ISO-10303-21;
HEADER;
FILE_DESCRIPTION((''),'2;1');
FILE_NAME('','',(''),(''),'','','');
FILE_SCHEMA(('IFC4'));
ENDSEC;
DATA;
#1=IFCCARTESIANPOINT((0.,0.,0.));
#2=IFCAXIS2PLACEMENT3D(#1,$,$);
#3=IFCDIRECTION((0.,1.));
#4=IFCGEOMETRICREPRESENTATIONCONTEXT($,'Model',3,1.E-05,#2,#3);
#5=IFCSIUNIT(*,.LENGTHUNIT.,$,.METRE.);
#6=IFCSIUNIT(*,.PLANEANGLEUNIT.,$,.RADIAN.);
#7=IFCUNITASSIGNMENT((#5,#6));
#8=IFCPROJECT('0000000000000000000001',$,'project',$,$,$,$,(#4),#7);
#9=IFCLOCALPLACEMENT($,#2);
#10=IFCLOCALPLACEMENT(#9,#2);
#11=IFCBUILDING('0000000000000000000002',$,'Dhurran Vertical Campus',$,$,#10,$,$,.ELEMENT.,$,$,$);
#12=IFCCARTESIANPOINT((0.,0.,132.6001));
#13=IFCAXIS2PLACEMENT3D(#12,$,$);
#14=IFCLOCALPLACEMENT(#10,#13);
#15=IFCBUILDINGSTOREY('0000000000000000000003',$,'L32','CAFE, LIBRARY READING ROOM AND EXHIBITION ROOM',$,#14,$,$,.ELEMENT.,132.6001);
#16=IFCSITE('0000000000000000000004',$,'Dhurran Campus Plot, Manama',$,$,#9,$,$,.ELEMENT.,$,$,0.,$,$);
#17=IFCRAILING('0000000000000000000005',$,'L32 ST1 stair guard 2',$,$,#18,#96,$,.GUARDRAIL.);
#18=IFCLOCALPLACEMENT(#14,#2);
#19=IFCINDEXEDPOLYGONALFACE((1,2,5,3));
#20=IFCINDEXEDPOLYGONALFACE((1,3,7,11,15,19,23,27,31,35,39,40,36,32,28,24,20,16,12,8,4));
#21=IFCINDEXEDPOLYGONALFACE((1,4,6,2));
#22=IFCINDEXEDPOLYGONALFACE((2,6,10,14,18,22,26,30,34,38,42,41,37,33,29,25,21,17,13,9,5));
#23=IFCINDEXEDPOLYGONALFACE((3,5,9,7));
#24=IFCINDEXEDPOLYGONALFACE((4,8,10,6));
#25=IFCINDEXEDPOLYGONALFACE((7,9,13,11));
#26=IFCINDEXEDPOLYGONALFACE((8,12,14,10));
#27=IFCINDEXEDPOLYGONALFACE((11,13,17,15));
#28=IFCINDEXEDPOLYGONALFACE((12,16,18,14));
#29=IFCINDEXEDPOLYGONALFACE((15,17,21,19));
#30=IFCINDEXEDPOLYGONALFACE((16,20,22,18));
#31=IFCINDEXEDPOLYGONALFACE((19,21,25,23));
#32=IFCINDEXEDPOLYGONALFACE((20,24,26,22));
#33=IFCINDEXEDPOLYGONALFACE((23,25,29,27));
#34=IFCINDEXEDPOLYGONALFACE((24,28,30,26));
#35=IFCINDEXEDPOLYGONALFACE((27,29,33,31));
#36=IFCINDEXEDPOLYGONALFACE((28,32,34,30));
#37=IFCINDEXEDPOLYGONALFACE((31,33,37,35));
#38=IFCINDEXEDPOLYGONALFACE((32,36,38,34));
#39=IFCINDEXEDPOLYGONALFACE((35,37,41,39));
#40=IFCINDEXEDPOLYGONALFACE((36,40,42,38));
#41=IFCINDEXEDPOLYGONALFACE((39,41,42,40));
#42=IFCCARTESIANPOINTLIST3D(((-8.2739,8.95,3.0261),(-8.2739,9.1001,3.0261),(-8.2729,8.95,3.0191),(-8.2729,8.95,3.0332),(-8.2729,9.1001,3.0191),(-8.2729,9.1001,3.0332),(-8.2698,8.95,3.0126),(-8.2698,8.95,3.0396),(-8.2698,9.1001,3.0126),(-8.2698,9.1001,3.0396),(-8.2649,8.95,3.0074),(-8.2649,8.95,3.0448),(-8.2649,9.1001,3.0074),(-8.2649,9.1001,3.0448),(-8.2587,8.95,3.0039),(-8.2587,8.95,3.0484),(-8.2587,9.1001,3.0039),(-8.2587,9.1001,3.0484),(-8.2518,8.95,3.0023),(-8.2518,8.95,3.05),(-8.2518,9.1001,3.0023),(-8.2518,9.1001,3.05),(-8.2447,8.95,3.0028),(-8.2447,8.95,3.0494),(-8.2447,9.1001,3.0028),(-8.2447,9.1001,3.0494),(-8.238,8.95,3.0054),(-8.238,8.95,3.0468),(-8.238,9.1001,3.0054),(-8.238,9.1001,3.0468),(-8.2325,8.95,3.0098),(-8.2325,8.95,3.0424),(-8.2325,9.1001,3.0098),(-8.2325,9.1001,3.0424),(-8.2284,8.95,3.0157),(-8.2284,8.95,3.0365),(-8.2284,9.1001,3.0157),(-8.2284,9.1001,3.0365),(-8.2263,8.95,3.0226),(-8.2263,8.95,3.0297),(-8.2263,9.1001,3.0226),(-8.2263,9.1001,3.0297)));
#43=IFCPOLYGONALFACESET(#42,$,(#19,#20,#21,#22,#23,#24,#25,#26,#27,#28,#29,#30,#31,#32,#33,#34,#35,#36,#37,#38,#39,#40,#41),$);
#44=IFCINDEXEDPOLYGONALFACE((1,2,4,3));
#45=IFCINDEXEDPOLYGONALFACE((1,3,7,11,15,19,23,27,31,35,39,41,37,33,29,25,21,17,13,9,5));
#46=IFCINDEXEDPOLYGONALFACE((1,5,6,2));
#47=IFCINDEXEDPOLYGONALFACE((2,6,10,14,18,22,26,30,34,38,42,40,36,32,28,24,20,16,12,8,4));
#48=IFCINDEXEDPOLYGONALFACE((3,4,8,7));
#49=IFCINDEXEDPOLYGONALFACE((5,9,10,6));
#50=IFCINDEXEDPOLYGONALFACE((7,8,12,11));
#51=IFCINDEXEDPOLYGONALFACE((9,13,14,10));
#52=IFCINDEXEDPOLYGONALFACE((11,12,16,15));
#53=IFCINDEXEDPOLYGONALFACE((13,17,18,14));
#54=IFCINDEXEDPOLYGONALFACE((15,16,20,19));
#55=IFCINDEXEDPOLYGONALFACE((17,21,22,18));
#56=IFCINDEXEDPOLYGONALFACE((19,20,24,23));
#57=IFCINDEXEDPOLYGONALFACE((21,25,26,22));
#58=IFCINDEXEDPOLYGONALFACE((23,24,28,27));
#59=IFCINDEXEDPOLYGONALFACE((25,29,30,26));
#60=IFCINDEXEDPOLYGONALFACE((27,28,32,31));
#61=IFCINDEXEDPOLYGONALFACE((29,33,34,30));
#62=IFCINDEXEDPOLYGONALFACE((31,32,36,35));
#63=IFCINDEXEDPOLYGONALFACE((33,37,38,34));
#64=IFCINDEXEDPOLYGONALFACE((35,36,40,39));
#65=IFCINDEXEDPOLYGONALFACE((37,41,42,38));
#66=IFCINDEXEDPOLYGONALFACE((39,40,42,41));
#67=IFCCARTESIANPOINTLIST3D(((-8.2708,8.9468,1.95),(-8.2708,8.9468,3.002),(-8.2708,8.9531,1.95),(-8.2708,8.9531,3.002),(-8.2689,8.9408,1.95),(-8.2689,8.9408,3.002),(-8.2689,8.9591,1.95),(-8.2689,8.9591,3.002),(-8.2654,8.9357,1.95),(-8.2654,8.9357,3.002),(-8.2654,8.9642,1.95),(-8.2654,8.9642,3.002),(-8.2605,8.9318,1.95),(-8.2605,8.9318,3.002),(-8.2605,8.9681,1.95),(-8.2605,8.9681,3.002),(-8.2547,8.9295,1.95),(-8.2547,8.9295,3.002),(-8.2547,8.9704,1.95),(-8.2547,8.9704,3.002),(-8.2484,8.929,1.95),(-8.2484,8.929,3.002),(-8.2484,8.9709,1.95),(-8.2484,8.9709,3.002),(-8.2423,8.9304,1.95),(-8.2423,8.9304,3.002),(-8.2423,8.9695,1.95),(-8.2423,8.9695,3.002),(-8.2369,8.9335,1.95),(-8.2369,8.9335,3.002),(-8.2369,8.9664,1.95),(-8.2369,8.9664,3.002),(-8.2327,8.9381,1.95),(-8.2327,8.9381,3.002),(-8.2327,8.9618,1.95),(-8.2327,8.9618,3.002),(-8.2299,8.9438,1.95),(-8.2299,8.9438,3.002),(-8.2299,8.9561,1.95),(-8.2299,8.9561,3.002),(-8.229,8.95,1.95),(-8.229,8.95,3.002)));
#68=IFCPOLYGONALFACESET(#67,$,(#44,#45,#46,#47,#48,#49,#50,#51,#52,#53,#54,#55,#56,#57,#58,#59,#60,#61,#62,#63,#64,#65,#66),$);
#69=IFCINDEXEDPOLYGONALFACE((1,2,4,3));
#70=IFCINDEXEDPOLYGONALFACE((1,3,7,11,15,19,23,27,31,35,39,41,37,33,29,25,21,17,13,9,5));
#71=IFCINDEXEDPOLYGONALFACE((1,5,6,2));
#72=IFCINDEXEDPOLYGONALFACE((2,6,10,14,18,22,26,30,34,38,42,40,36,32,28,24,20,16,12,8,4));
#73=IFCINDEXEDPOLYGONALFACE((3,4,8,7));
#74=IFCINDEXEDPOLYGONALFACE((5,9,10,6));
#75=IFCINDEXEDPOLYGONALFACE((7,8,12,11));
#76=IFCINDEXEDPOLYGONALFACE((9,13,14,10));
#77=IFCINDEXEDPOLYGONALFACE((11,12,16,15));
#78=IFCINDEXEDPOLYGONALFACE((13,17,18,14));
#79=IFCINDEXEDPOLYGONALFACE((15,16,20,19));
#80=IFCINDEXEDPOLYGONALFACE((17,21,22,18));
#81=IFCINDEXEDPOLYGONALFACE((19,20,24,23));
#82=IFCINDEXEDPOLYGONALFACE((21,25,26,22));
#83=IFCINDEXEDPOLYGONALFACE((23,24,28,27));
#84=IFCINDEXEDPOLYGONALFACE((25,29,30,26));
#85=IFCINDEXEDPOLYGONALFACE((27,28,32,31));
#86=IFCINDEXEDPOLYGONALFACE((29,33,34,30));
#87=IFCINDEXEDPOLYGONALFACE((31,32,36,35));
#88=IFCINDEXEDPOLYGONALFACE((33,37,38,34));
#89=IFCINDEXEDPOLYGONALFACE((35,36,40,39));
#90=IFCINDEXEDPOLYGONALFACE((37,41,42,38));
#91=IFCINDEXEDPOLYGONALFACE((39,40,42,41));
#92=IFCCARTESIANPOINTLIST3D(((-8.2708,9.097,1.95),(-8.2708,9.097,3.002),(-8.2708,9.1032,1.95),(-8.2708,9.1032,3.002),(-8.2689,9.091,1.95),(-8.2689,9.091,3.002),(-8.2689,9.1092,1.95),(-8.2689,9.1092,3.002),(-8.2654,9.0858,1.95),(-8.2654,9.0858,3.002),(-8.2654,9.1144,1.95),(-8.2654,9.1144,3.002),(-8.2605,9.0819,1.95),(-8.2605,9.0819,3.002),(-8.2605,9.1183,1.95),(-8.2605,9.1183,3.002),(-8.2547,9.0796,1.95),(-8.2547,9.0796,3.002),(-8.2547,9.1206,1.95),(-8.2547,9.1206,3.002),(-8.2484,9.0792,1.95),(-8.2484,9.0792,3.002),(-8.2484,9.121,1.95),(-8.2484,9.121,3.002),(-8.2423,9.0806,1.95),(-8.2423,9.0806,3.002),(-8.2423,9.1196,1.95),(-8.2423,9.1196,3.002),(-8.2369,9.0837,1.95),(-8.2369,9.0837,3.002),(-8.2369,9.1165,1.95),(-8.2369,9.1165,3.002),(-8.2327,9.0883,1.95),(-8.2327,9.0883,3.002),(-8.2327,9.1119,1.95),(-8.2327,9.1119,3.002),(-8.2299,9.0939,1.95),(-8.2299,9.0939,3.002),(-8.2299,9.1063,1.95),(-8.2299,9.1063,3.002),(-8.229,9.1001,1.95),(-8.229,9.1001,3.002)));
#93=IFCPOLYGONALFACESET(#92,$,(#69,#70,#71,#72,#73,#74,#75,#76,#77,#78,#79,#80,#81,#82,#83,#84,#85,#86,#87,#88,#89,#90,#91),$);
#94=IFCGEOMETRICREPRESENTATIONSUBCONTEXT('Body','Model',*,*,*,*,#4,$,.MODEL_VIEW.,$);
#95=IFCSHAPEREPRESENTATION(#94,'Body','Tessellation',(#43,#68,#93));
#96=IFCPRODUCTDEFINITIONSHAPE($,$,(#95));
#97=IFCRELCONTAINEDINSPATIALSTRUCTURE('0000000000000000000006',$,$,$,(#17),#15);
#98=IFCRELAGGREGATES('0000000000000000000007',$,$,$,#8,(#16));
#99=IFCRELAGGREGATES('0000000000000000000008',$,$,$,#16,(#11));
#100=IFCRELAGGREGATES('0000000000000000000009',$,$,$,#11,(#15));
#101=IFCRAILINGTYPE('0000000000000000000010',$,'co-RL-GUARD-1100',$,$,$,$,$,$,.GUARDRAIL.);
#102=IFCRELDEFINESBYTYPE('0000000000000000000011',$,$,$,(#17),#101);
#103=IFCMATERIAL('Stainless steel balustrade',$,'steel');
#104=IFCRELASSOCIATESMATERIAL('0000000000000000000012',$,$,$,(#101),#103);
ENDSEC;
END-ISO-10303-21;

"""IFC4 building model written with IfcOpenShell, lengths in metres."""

from ifc_helpers import new_model, si_unit, direction, frame, origin, origin_2d, place, context, subcontext, project, spatial, circle, extrude, material, type_object, element, save


model = new_model("IFC4")

# Units and contexts
model_context = context("Model", 3, precision=1e-05, world=origin(), true_north=direction((0.0, 1.0)))
body_context = subcontext(model_context, "Body", "Model", "MODEL_VIEW")
ifc_project = project(units=[si_unit("LENGTHUNIT", "METRE"), si_unit("PLANEANGLEUNIT", "RADIAN")], contexts=[model_context])

# Site, building, storey
site_placement = place(None, origin())
site = spatial("IfcSite", under=ifc_project, at=site_placement, Name="Dhurran Campus Plot, Manama", CompositionType="ELEMENT", RefElevation=0.0)
building_placement = place(site_placement, origin())
building = spatial("IfcBuilding", under=site, at=building_placement, Name="Dhurran Vertical Campus", CompositionType="ELEMENT")
storey_placement = place(building_placement, frame((0.0, 0.0, 132.6001)))
storey = spatial("IfcBuildingStorey", under=building, at=storey_placement, Name="L32", Description="CAFE, LIBRARY READING ROOM AND EXHIBITION ROOM", CompositionType="ELEMENT", Elevation=132.6001)

# Railing
ifc_material_1 = material(Name="Stainless steel balustrade", Category="steel")
railing_type_1 = type_object("IfcRailingType", Name="co-RL-GUARD-1100", PredefinedType="GUARDRAIL", material=ifc_material_1)
railing_1_placement = place(storey_placement, frame((-8.25, 8.95, 1.95)))
element("IfcRailing", 1, at=railing_1_placement, inside=storey, type_object=railing_type_1, Name="L32 ST1 stair guard 2", PredefinedType="GUARDRAIL", context=body_context, shape_type="SweptSolid", body=[
    extrude(circle(Radius=0.0239, at=origin_2d()), frame((0.0, 0.0, 1.0762), z_axis=(0.0, 1.0, 0.0), x_axis=(-1.0, 0.0, 0.0)), (0.0, 0.0, 1.0), 0.1501),
    extrude(circle(Radius=0.021, at=origin_2d()), origin(), (0.0, 0.0, 1.0), 1.052),
    extrude(circle(Radius=0.021, at=origin_2d()), frame((0.0, 0.1501, 0.0)), (0.0, 0.0, 1.0), 1.052),
])

save(model, "model.ifc")
